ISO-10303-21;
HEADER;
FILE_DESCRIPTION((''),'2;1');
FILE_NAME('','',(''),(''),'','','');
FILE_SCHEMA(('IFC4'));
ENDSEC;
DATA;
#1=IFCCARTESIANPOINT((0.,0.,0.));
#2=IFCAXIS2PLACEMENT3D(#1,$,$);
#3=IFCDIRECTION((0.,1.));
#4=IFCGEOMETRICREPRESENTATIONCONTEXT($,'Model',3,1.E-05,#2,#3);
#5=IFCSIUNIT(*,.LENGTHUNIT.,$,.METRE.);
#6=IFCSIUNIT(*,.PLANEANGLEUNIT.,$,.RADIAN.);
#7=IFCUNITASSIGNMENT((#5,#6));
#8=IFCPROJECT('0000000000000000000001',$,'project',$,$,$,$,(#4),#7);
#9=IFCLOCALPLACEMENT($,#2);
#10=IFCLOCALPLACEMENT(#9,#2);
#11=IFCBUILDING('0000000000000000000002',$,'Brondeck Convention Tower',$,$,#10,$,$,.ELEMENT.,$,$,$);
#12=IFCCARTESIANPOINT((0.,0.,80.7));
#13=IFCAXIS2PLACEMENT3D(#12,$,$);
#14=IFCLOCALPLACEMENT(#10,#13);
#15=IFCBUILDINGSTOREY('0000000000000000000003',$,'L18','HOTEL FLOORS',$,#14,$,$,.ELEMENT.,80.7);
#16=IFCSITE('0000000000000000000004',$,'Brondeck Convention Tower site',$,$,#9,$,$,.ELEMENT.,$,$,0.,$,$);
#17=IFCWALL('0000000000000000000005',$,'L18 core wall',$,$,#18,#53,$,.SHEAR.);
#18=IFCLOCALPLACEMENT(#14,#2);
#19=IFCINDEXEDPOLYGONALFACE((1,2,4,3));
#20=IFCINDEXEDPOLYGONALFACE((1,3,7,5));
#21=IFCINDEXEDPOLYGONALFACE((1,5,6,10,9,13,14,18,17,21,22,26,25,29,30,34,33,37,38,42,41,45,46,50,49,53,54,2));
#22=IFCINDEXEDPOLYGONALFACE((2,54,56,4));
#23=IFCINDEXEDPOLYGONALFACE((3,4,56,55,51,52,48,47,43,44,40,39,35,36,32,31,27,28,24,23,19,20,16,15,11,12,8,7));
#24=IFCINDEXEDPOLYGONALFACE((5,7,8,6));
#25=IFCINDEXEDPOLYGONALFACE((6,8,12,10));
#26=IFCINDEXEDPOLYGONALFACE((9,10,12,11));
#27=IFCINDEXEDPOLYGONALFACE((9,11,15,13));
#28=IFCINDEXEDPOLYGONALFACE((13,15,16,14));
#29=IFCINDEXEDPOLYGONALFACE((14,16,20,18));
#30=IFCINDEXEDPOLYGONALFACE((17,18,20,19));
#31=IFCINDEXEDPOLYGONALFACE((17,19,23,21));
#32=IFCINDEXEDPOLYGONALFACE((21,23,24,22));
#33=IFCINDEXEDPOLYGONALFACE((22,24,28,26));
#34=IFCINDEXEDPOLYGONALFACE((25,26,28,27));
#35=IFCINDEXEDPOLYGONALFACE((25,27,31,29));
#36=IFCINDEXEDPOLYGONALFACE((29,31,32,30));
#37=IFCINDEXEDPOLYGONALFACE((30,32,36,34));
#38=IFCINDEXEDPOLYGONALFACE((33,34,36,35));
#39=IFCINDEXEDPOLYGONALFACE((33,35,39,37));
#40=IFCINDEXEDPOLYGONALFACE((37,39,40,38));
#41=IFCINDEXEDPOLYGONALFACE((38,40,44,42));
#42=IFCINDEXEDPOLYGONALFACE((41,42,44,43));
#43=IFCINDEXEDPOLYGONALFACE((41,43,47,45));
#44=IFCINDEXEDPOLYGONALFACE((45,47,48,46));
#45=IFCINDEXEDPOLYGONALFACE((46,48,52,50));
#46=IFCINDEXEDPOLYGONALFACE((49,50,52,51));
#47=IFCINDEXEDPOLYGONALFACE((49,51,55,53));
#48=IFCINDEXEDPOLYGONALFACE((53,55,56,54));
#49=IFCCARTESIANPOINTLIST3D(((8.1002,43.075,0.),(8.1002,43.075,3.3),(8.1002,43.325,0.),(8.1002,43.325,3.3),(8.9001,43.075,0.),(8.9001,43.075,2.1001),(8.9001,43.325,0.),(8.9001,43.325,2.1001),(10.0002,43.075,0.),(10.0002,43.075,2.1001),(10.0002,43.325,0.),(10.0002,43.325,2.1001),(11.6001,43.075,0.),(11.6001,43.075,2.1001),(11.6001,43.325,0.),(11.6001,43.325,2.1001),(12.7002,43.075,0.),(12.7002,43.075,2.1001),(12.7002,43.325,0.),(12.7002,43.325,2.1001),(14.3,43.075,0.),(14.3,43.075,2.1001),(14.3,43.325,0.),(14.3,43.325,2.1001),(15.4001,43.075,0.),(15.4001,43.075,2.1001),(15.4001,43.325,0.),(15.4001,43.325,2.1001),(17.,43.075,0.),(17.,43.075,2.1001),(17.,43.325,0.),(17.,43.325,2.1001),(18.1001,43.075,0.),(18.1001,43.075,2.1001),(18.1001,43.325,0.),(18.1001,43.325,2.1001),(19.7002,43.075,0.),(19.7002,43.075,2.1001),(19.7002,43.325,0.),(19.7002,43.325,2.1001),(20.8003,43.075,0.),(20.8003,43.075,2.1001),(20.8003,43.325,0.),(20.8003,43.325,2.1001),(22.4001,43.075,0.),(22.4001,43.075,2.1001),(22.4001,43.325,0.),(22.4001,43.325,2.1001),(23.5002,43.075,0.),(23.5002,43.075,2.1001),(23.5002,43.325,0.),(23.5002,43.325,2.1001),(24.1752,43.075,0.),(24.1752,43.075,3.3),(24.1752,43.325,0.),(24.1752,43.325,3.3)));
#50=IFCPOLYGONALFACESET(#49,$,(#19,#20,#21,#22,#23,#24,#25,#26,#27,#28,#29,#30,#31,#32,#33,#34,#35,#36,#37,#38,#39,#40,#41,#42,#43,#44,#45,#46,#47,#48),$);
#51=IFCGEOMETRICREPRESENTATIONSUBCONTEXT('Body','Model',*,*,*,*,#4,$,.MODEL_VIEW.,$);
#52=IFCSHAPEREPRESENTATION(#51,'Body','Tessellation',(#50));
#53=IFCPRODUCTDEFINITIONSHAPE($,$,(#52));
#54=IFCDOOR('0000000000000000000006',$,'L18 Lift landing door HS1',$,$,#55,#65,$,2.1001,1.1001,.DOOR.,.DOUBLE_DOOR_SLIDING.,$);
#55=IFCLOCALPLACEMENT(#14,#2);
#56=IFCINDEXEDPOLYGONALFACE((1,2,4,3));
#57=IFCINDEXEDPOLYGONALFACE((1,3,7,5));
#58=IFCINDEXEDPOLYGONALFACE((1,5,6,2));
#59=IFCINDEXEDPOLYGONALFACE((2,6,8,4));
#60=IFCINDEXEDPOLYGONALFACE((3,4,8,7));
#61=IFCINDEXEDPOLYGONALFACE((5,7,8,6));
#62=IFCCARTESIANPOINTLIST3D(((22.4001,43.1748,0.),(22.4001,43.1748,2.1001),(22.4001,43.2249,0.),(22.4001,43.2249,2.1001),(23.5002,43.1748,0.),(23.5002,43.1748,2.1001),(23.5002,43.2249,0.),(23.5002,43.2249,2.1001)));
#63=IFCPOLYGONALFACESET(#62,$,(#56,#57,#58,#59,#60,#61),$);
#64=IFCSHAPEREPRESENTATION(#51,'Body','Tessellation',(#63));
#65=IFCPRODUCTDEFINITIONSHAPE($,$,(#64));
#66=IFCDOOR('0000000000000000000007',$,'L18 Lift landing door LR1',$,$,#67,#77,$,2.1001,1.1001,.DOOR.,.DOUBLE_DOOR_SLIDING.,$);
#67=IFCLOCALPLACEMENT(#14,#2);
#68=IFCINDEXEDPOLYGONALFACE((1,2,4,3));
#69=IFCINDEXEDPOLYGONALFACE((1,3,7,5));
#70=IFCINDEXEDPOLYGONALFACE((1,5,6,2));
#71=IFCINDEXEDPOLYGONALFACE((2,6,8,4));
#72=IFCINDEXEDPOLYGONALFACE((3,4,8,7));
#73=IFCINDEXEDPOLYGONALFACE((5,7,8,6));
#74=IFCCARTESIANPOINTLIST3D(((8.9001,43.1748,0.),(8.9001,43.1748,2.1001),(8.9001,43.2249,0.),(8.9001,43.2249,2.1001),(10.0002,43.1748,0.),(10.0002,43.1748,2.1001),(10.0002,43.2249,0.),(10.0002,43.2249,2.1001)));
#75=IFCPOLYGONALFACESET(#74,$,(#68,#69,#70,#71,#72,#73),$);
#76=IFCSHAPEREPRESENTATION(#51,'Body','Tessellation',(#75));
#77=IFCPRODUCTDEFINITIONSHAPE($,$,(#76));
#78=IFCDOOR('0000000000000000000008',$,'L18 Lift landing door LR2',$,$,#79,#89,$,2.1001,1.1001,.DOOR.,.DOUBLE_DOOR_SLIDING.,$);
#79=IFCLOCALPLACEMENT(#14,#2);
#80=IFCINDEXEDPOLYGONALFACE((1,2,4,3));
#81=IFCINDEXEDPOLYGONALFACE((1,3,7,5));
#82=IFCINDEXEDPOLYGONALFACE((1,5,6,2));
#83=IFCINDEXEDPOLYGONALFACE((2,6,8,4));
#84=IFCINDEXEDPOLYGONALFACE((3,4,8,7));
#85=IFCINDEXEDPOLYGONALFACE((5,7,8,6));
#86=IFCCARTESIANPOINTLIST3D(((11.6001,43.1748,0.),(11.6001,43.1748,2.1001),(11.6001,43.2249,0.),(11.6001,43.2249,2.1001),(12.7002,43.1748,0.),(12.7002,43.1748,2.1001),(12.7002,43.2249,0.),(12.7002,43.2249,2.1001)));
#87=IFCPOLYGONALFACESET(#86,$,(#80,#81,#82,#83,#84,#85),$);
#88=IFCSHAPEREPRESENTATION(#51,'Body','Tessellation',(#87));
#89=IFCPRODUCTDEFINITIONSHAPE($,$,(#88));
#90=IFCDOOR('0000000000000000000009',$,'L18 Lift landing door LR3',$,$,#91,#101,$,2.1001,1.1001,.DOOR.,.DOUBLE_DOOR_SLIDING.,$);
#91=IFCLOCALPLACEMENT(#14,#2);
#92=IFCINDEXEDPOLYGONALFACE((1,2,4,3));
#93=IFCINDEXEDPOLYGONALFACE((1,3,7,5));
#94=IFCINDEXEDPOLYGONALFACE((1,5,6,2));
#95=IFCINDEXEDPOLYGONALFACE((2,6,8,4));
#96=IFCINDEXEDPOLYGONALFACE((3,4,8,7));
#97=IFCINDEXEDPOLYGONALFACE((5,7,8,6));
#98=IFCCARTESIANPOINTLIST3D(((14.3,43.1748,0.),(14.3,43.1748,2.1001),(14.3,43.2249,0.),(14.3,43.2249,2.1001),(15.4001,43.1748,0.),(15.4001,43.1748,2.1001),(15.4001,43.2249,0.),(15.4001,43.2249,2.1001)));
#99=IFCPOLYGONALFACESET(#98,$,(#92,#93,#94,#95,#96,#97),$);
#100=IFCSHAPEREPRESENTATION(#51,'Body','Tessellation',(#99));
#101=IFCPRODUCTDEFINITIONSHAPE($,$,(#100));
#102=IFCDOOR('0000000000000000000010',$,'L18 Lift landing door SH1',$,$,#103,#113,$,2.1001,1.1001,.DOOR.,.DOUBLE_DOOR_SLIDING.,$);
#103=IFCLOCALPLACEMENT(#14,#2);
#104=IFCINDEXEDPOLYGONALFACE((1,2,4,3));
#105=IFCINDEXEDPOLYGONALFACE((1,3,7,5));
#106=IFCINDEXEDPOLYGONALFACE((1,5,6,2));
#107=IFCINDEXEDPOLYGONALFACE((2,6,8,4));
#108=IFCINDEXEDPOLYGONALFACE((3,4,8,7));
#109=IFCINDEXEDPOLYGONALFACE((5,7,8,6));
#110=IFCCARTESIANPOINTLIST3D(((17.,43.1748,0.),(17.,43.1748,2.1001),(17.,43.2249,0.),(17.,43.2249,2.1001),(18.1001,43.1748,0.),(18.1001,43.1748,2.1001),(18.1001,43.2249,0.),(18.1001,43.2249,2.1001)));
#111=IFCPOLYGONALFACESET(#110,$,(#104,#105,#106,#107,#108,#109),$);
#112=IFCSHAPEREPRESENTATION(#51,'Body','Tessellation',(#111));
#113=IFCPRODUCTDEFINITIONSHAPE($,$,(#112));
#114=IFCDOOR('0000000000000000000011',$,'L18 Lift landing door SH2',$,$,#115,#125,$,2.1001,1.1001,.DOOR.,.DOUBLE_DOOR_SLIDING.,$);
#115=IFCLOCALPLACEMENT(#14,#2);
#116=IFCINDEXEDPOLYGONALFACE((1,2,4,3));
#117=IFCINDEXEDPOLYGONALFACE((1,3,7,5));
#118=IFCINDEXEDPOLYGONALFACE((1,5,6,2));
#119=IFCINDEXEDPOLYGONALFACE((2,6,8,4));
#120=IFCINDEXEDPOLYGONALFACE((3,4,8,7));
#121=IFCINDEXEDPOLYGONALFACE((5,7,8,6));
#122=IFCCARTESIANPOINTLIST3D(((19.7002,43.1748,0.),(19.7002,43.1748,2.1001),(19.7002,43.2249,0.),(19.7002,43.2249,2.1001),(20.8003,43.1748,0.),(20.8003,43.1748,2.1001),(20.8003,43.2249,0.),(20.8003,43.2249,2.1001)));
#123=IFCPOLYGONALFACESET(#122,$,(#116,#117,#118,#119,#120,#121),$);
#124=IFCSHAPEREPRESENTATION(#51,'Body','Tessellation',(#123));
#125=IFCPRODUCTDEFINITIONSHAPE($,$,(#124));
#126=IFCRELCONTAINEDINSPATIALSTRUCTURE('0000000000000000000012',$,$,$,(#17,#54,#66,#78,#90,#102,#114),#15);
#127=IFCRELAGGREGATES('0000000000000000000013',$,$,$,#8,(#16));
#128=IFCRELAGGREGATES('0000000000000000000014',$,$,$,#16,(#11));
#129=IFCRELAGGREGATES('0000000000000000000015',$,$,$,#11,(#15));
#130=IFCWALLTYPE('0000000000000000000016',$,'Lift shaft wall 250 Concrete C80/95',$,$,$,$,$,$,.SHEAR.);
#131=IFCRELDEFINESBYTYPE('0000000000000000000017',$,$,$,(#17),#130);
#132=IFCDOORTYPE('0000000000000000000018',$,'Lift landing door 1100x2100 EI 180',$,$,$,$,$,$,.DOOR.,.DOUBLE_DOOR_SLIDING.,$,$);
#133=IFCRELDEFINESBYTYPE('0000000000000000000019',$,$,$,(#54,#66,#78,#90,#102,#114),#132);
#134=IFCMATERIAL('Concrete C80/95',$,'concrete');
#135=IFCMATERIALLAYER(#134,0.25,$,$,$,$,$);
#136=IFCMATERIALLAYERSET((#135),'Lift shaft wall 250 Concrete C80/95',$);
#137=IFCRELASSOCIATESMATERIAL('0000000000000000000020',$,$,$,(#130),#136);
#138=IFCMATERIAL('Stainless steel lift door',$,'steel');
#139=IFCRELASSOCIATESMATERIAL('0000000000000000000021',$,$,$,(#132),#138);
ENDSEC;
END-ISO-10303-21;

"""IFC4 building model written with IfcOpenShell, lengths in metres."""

from ifc_helpers import new_model, si_unit, direction, frame, frame_2d, origin, place, context, subcontext, project, spatial, rectangle, extrude, material, layer, layer_set, type_object, element, fill, save


model = new_model("IFC4")

# Units and contexts
model_context = context("Model", 3, precision=1e-05, world=origin(), true_north=direction((0.0, 1.0)))
body_context = subcontext(model_context, "Body", "Model", "MODEL_VIEW")
ifc_project = project(units=[si_unit("LENGTHUNIT", "METRE"), si_unit("PLANEANGLEUNIT", "RADIAN")], contexts=[model_context])

# Site, building, storey
site_placement = place(None, origin())
site = spatial("IfcSite", under=ifc_project, at=site_placement, Name="Brondeck Convention Tower site", CompositionType="ELEMENT", RefElevation=0.0)
building_placement = place(site_placement, origin())
building = spatial("IfcBuilding", under=site, at=building_placement, Name="Brondeck Convention Tower", CompositionType="ELEMENT")
storey_placement = place(building_placement, frame((0.0, 0.0, 80.7)))
storey = spatial("IfcBuildingStorey", under=building, at=storey_placement, Name="L18", Description="HOTEL FLOORS", CompositionType="ELEMENT", Elevation=80.7)

# Shared definitions
ifc_material_1 = material(Name="Concrete C80/95", Category="concrete")

# Wall, openings, doors
ifc_layer_1 = layer(ifc_material_1, 0.25)
ifc_layer_set_1 = layer_set([ifc_layer_1], Name="Lift shaft wall 250 Concrete C80/95")
wall_type_1 = type_object("IfcWallType", Name="Lift shaft wall 250 Concrete C80/95", PredefinedType="SHEAR", material=ifc_layer_set_1)
wall_1_placement = place(storey_placement, frame((8.1001, 43.2, 0.0), z_axis=(0.0, 0.0, 1.0), x_axis=(1.0, 0.0, 0.0)))
wall_1 = element("IfcWall", 1, at=wall_1_placement, inside=storey, type_object=wall_type_1, Name="L18 core wall", PredefinedType="SHEAR", context=body_context, shape_type="SweptSolid", body=[
    extrude(rectangle(XDim=16.075, YDim=0.25, at=frame_2d((8.0376, 0.0))), origin(), (0.0, 0.0, 1.0), 3.3),
])
opening_1_placement = place(wall_1_placement, frame((14.3, 0.0, 0.0)))
opening_1 = element("IfcOpeningElement", 2, at=opening_1_placement, cuts=wall_1, PredefinedType="OPENING", context=body_context, shape_type="SweptSolid", body=[
    extrude(rectangle(XDim=1.1001, YDim=2.1001, at=frame_2d((0.55, 1.05))), frame((0.0, 0.135, 0.0), z_axis=(0.0, -1.0, 0.0), x_axis=(1.0, 0.0, 0.0)), (0.0, 0.0, 1.0), 0.27),
])
opening_2_placement = place(wall_1_placement, frame((0.8, 0.0, 0.0)))
opening_2 = element("IfcOpeningElement", 3, at=opening_2_placement, cuts=wall_1, PredefinedType="OPENING", context=body_context, shape_type="SweptSolid", body=[
    extrude(rectangle(XDim=1.1001, YDim=2.1001, at=frame_2d((0.55, 1.05))), frame((0.0, 0.135, 0.0), z_axis=(0.0, -1.0, 0.0), x_axis=(1.0, 0.0, 0.0)), (0.0, 0.0, 1.0), 0.27),
])
opening_3_placement = place(wall_1_placement, frame((3.5, 0.0, 0.0)))
opening_3 = element("IfcOpeningElement", 4, at=opening_3_placement, cuts=wall_1, PredefinedType="OPENING", context=body_context, shape_type="SweptSolid", body=[
    extrude(rectangle(XDim=1.1001, YDim=2.1001, at=frame_2d((0.55, 1.05))), frame((0.0, 0.135, 0.0), z_axis=(0.0, -1.0, 0.0), x_axis=(1.0, 0.0, 0.0)), (0.0, 0.0, 1.0), 0.27),
])
opening_4_placement = place(wall_1_placement, frame((6.2, 0.0, 0.0)))
opening_4 = element("IfcOpeningElement", 5, at=opening_4_placement, cuts=wall_1, PredefinedType="OPENING", context=body_context, shape_type="SweptSolid", body=[
    extrude(rectangle(XDim=1.1001, YDim=2.1001, at=frame_2d((0.55, 1.05))), frame((0.0, 0.135, 0.0), z_axis=(0.0, -1.0, 0.0), x_axis=(1.0, 0.0, 0.0)), (0.0, 0.0, 1.0), 0.27),
])
opening_5_placement = place(wall_1_placement, frame((8.8999, 0.0, 0.0)))
opening_5 = element("IfcOpeningElement", 6, at=opening_5_placement, cuts=wall_1, PredefinedType="OPENING", context=body_context, shape_type="SweptSolid", body=[
    extrude(rectangle(XDim=1.1001, YDim=2.1001, at=frame_2d((0.55, 1.05))), frame((0.0, 0.135, 0.0), z_axis=(0.0, -1.0, 0.0), x_axis=(1.0, 0.0, 0.0)), (0.0, 0.0, 1.0), 0.27),
])
opening_6_placement = place(wall_1_placement, frame((11.6001, 0.0, 0.0)))
opening_6 = element("IfcOpeningElement", 7, at=opening_6_placement, cuts=wall_1, PredefinedType="OPENING", context=body_context, shape_type="SweptSolid", body=[
    extrude(rectangle(XDim=1.1001, YDim=2.1001, at=frame_2d((0.55, 1.05))), frame((0.0, 0.135, 0.0), z_axis=(0.0, -1.0, 0.0), x_axis=(1.0, 0.0, 0.0)), (0.0, 0.0, 1.0), 0.27),
])
ifc_material_2 = material(Name="Stainless steel lift door", Category="steel")
door_type_1 = type_object("IfcDoorType", Name="Lift landing door 1100x2100 EI 180", OperationType="DOUBLE_DOOR_SLIDING", PredefinedType="DOOR", material=ifc_material_2)
door_1_placement = place(opening_1_placement, origin())
door_1 = element("IfcDoor", 8, at=door_1_placement, inside=storey, type_object=door_type_1, Name="L18 Lift landing door HS1", OperationType="DOUBLE_DOOR_SLIDING", OverallHeight=2.1001, OverallWidth=1.1001, PredefinedType="DOOR", context=body_context, shape_type="SweptSolid", body=[
    extrude(rectangle(XDim=1.1001, YDim=2.1001, at=frame_2d((0.55, 1.05))), frame((0.0, 0.0249, 0.0), z_axis=(0.0, -1.0, 0.0), x_axis=(1.0, 0.0, 0.0)), (0.0, 0.0, 1.0), 0.05),
])
fill(opening_1, door_1)
door_2_placement = place(opening_2_placement, origin())
door_2 = element("IfcDoor", 9, at=door_2_placement, inside=storey, type_object=door_type_1, Name="L18 Lift landing door LR1", OperationType="DOUBLE_DOOR_SLIDING", OverallHeight=2.1001, OverallWidth=1.1001, PredefinedType="DOOR", context=body_context, shape_type="SweptSolid", body=[
    extrude(rectangle(XDim=1.1001, YDim=2.1001, at=frame_2d((0.55, 1.05))), frame((0.0, 0.0249, 0.0), z_axis=(0.0, -1.0, 0.0), x_axis=(1.0, 0.0, 0.0)), (0.0, 0.0, 1.0), 0.05),
])
fill(opening_2, door_2)
door_3_placement = place(opening_3_placement, origin())
door_3 = element("IfcDoor", 10, at=door_3_placement, inside=storey, type_object=door_type_1, Name="L18 Lift landing door LR2", OperationType="DOUBLE_DOOR_SLIDING", OverallHeight=2.1001, OverallWidth=1.1001, PredefinedType="DOOR", context=body_context, shape_type="SweptSolid", body=[
    extrude(rectangle(XDim=1.1001, YDim=2.1001, at=frame_2d((0.55, 1.05))), frame((0.0, 0.0249, 0.0), z_axis=(0.0, -1.0, 0.0), x_axis=(1.0, 0.0, 0.0)), (0.0, 0.0, 1.0), 0.05),
])
fill(opening_3, door_3)
door_4_placement = place(opening_4_placement, origin())
door_4 = element("IfcDoor", 11, at=door_4_placement, inside=storey, type_object=door_type_1, Name="L18 Lift landing door LR3", OperationType="DOUBLE_DOOR_SLIDING", OverallHeight=2.1001, OverallWidth=1.1001, PredefinedType="DOOR", context=body_context, shape_type="SweptSolid", body=[
    extrude(rectangle(XDim=1.1001, YDim=2.1001, at=frame_2d((0.55, 1.05))), frame((0.0, 0.0249, 0.0), z_axis=(0.0, -1.0, 0.0), x_axis=(1.0, 0.0, 0.0)), (0.0, 0.0, 1.0), 0.05),
])
fill(opening_4, door_4)
door_5_placement = place(opening_5_placement, origin())
door_5 = element("IfcDoor", 12, at=door_5_placement, inside=storey, type_object=door_type_1, Name="L18 Lift landing door SH1", OperationType="DOUBLE_DOOR_SLIDING", OverallHeight=2.1001, OverallWidth=1.1001, PredefinedType="DOOR", context=body_context, shape_type="SweptSolid", body=[
    extrude(rectangle(XDim=1.1001, YDim=2.1001, at=frame_2d((0.55, 1.05))), frame((0.0, 0.0249, 0.0), z_axis=(0.0, -1.0, 0.0), x_axis=(1.0, 0.0, 0.0)), (0.0, 0.0, 1.0), 0.05),
])
fill(opening_5, door_5)
door_6_placement = place(opening_6_placement, origin())
door_6 = element("IfcDoor", 13, at=door_6_placement, inside=storey, type_object=door_type_1, Name="L18 Lift landing door SH2", OperationType="DOUBLE_DOOR_SLIDING", OverallHeight=2.1001, OverallWidth=1.1001, PredefinedType="DOOR", context=body_context, shape_type="SweptSolid", body=[
    extrude(rectangle(XDim=1.1001, YDim=2.1001, at=frame_2d((0.55, 1.05))), frame((0.0, 0.0249, 0.0), z_axis=(0.0, -1.0, 0.0), x_axis=(1.0, 0.0, 0.0)), (0.0, 0.0, 1.0), 0.05),
])
fill(opening_6, door_6)

save(model, "model.ifc")
